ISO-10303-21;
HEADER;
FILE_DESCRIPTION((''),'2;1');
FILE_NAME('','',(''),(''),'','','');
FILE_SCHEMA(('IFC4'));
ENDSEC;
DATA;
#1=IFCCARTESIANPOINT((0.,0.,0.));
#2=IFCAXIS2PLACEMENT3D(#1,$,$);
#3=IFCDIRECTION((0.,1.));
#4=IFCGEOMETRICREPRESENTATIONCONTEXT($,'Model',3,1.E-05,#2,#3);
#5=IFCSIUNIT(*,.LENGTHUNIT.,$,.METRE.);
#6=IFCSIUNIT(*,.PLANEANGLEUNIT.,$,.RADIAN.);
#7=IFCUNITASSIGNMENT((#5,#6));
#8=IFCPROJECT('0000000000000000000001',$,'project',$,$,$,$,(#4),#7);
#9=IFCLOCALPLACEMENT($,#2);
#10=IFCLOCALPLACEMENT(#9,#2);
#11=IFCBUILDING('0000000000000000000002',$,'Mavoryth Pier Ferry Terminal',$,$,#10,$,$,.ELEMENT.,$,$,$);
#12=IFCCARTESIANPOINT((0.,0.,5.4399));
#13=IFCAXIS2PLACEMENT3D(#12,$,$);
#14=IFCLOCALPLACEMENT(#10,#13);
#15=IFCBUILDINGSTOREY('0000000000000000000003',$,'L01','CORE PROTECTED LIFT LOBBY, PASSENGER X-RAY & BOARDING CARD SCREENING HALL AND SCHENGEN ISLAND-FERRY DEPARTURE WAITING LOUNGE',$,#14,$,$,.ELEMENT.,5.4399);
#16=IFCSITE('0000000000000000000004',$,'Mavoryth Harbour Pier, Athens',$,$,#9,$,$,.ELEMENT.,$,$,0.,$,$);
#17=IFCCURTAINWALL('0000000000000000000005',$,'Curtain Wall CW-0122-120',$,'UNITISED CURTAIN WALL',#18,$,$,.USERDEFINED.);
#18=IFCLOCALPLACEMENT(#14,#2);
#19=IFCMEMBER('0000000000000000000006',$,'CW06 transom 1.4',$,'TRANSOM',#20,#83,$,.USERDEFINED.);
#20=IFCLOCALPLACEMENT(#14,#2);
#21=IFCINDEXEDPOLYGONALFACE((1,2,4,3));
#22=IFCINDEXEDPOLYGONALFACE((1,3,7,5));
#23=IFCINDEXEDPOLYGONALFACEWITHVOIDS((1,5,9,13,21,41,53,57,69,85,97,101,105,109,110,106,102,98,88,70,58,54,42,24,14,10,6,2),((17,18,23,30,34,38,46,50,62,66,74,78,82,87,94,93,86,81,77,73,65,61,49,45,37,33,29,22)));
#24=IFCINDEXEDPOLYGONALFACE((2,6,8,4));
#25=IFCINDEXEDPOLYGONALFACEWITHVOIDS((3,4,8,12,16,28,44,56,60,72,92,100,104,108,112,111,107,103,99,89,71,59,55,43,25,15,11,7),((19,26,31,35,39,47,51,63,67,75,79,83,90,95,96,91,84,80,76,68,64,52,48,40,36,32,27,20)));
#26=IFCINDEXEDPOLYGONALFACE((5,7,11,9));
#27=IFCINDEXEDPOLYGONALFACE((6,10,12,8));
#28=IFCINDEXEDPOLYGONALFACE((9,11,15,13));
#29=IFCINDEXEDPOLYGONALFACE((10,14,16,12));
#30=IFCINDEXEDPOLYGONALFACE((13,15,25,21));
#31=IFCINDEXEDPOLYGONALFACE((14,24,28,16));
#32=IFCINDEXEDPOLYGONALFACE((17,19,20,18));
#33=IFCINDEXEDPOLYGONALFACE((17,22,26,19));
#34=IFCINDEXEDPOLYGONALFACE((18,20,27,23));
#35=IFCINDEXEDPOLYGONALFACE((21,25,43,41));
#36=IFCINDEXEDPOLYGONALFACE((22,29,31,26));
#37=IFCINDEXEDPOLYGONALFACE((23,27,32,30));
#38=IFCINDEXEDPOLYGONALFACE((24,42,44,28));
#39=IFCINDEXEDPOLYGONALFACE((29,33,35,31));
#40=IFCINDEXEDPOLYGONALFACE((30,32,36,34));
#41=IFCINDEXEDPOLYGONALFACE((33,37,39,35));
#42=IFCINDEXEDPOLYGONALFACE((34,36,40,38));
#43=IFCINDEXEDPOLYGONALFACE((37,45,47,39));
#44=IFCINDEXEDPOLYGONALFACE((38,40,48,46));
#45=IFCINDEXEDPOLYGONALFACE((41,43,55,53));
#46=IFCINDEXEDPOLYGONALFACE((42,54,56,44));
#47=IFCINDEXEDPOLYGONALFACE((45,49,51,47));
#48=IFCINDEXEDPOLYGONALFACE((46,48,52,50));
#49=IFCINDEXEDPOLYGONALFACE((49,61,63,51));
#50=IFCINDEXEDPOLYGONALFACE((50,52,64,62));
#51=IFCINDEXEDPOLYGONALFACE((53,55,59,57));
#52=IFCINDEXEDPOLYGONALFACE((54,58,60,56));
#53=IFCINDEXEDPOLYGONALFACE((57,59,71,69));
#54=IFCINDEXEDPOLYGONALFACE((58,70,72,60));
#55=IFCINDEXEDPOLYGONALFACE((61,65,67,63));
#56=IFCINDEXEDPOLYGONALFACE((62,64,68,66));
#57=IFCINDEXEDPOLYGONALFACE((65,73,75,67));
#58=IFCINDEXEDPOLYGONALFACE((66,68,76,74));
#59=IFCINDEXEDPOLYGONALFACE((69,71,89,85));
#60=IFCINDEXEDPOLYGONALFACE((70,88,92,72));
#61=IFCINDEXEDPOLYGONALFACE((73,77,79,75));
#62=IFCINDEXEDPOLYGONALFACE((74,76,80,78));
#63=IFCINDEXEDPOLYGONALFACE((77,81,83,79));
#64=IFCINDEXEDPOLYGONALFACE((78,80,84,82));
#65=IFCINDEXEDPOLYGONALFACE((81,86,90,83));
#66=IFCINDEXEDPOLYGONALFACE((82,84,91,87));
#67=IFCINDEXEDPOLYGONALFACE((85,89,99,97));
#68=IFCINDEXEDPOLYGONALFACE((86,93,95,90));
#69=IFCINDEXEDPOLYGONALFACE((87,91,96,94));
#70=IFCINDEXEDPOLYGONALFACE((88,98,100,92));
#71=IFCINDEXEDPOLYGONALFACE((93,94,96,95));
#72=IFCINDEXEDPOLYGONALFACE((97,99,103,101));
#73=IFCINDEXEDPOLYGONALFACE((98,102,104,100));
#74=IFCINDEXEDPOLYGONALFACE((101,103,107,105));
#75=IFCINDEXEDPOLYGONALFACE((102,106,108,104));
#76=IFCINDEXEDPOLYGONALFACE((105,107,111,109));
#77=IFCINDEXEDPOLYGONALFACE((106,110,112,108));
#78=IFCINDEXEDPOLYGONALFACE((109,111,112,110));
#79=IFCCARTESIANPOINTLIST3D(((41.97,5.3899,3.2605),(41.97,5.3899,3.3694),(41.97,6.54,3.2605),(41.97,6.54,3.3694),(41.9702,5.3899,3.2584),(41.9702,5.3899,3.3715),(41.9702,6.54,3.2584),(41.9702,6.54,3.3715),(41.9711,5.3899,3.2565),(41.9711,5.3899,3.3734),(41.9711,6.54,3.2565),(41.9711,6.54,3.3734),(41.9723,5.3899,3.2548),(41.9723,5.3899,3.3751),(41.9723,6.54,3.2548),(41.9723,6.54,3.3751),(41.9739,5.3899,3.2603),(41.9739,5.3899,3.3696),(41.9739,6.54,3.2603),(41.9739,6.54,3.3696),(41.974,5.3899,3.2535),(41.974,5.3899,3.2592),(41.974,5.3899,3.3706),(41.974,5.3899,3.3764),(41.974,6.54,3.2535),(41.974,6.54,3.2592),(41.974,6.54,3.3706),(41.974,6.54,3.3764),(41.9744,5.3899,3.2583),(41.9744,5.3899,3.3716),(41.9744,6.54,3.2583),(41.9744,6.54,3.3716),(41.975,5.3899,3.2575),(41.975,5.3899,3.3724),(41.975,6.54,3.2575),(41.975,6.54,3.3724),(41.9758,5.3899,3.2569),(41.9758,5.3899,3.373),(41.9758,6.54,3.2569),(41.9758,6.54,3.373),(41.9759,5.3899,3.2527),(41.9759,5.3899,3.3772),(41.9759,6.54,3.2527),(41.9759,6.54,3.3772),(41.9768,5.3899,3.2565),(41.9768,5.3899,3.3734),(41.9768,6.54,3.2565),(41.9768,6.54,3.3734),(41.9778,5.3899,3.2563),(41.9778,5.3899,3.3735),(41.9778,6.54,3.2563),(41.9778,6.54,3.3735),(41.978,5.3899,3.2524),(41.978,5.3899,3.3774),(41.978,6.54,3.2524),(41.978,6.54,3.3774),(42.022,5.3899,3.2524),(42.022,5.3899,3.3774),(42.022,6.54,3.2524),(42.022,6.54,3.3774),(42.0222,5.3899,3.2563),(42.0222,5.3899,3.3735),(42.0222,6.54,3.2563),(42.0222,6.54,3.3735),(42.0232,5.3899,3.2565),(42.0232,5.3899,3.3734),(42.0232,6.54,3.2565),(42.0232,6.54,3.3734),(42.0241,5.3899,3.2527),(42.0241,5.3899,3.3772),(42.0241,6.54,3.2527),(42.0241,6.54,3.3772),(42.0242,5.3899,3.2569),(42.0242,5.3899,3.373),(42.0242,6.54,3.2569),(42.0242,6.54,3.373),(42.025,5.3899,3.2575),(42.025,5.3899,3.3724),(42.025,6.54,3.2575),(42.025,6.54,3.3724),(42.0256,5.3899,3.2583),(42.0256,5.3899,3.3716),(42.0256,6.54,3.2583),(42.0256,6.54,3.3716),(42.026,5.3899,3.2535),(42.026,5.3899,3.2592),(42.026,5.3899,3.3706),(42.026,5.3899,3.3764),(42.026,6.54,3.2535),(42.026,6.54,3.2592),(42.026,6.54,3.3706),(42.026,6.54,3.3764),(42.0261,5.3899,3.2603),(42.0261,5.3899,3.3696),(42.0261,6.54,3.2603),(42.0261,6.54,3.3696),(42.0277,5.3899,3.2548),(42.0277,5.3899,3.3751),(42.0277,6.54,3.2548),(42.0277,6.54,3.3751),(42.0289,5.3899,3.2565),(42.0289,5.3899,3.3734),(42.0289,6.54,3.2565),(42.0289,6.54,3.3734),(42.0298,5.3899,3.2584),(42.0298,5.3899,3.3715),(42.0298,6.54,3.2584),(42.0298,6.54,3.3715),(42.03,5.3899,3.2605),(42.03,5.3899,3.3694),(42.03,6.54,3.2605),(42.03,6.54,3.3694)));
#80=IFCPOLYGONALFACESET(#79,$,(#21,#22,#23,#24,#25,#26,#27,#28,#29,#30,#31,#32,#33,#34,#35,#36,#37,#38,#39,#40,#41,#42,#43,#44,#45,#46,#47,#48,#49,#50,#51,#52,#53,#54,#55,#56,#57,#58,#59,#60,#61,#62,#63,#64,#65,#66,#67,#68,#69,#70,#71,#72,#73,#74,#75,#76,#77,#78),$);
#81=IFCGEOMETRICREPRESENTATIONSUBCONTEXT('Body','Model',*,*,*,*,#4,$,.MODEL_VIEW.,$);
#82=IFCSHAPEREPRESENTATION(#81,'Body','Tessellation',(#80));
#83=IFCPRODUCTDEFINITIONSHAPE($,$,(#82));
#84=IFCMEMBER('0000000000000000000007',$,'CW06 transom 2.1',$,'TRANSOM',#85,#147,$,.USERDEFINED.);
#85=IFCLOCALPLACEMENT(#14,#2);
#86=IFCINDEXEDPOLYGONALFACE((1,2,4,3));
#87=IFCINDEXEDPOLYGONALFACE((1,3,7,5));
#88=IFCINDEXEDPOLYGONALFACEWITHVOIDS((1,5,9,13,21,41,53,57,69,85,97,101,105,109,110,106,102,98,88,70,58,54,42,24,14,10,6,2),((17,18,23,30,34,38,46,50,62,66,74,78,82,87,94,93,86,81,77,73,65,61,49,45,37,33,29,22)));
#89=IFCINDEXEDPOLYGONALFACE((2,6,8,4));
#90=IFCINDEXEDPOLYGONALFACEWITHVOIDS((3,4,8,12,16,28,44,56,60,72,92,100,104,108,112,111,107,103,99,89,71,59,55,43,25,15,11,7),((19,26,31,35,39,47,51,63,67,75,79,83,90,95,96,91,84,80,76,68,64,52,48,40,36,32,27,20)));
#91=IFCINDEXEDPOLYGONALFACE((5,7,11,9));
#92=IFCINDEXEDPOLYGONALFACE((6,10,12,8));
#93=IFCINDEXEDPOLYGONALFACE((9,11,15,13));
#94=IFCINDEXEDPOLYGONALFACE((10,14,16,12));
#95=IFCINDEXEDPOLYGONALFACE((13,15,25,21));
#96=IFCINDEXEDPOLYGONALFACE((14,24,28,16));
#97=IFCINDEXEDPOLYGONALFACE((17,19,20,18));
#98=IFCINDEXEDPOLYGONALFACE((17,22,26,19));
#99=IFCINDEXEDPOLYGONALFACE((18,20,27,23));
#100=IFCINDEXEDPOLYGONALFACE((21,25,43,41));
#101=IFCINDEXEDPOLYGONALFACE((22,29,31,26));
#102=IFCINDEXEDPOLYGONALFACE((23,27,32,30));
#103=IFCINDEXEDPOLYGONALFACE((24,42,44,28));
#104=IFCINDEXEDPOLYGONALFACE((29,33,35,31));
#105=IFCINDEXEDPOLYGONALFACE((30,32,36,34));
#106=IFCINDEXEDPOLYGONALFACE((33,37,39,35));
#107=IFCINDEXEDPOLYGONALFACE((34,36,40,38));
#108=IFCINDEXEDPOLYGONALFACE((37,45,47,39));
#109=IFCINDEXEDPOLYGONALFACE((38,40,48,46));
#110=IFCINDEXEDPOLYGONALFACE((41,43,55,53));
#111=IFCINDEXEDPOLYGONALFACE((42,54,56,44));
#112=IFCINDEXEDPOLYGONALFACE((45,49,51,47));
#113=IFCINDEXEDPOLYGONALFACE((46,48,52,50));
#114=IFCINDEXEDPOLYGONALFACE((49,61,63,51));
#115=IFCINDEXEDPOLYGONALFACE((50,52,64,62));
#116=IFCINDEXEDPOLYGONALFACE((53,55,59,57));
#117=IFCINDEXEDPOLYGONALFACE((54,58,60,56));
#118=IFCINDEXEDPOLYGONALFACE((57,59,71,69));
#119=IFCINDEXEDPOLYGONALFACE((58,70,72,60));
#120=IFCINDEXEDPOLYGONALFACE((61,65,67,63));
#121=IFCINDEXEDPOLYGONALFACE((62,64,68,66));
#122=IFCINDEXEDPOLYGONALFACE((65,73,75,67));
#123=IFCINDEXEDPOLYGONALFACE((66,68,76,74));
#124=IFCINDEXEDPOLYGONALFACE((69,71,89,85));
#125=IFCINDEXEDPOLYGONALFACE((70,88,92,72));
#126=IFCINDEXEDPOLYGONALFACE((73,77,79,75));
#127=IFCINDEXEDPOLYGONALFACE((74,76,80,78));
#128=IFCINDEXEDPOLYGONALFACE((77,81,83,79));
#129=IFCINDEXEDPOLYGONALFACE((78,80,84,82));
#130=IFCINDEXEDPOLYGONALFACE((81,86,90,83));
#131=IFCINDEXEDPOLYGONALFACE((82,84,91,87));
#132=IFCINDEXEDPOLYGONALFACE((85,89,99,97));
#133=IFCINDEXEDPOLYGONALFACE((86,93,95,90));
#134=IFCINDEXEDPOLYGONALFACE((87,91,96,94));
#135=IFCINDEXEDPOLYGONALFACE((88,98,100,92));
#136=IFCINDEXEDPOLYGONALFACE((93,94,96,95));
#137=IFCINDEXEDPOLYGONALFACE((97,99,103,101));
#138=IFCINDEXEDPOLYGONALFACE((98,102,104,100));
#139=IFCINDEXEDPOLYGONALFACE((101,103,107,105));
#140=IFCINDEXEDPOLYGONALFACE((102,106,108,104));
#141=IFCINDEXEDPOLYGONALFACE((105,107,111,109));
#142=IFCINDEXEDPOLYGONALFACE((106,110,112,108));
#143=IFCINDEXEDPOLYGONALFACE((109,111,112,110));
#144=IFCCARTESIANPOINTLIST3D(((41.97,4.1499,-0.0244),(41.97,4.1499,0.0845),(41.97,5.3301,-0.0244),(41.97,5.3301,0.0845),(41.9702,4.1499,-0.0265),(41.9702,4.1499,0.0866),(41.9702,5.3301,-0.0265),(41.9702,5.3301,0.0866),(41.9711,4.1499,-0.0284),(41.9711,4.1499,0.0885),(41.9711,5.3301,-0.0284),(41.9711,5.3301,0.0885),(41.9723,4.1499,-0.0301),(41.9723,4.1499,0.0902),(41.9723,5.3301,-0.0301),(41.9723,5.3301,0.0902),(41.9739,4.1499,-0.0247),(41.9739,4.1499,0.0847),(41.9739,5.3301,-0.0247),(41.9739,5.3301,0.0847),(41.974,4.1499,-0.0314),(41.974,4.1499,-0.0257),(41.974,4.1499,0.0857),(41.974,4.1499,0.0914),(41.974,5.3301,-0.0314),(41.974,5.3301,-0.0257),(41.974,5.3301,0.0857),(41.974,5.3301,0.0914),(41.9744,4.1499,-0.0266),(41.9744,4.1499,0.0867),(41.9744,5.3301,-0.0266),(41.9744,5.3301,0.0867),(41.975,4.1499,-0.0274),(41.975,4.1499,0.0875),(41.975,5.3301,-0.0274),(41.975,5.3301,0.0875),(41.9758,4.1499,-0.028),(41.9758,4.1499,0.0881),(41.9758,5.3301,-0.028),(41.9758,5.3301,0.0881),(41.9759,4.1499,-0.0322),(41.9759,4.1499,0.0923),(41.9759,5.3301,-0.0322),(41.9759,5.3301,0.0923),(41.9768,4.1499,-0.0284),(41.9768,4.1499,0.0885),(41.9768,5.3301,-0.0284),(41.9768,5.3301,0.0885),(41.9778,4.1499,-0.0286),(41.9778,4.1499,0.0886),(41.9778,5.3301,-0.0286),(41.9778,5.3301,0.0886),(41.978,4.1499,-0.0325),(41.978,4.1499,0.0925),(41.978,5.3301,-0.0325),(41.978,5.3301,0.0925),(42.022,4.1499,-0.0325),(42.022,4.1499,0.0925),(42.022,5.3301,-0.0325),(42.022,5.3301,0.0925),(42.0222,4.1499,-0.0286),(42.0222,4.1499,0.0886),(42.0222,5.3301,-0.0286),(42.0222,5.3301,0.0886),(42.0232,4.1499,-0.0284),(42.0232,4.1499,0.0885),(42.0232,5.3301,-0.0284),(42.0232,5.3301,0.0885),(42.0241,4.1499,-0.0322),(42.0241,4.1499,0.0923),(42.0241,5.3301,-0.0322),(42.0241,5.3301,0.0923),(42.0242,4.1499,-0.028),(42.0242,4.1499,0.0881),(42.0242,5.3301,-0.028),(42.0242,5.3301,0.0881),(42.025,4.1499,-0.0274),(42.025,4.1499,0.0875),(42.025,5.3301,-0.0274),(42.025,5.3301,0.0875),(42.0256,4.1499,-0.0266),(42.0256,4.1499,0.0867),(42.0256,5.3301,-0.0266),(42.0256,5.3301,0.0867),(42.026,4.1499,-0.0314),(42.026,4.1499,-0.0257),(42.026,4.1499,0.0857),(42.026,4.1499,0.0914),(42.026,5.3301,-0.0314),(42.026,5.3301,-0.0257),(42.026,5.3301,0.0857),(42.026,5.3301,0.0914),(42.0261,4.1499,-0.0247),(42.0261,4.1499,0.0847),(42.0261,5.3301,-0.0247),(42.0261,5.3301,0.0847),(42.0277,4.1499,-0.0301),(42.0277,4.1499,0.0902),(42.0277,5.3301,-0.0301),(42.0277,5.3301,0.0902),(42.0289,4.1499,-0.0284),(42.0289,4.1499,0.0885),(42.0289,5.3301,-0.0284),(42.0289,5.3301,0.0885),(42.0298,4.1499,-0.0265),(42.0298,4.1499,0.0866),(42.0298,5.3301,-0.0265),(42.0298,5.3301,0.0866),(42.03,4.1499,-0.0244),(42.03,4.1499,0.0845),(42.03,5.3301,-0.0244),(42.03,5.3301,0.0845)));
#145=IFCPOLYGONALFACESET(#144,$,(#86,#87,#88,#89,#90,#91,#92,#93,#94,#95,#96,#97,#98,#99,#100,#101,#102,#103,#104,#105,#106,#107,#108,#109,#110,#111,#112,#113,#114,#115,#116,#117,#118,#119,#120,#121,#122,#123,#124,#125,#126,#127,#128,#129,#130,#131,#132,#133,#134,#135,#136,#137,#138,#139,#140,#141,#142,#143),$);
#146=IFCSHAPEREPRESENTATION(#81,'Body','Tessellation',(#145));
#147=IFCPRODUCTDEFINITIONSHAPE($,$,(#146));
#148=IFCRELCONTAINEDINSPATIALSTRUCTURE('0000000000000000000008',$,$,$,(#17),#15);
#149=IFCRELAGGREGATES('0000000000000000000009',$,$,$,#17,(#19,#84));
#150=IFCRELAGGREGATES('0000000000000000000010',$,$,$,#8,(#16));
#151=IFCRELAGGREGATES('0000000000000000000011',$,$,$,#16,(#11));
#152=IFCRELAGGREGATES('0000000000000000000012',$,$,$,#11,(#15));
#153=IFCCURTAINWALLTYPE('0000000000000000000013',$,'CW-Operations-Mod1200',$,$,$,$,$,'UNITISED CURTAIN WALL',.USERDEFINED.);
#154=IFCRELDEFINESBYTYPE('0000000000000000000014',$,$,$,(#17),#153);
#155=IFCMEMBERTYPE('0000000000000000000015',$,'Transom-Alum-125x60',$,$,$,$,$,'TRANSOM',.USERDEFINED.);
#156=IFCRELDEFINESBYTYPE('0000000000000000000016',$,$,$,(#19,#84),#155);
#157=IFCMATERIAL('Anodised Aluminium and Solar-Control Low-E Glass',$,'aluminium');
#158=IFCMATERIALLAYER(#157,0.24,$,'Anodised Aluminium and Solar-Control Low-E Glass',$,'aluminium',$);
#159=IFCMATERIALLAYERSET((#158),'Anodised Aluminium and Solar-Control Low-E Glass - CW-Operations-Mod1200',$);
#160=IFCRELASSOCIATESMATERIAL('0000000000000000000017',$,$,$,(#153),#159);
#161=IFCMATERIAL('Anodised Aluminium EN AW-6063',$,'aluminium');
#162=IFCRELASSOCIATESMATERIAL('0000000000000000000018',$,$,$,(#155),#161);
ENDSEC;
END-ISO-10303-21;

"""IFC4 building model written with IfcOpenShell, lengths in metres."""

from ifc_helpers import new_model, si_unit, direction, frame, origin, origin_2d, place, context, subcontext, project, spatial, hollow_rectangle, extrude, material, layer, layer_set, material_profile, profile_set, type_object, element, aggregate, save


model = new_model("IFC4")

# Units and contexts
model_context = context("Model", 3, precision=1e-05, world=origin(), true_north=direction((0.0, 1.0)))
body_context = subcontext(model_context, "Body", "Model", "MODEL_VIEW")
ifc_project = project(units=[si_unit("LENGTHUNIT", "METRE"), si_unit("PLANEANGLEUNIT", "RADIAN")], contexts=[model_context])

# Site, building, storey
site_placement = place(None, origin())
site = spatial("IfcSite", under=ifc_project, at=site_placement, Name="Mavoryth Harbour Pier, Athens", CompositionType="ELEMENT", RefElevation=0.0)
building_placement = place(site_placement, origin())
building = spatial("IfcBuilding", under=site, at=building_placement, Name="Mavoryth Pier Ferry Terminal", CompositionType="ELEMENT")
storey_placement = place(building_placement, frame((0.0, 0.0, 5.4399)))
storey = spatial("IfcBuildingStorey", under=building, at=storey_placement, Name="L01", Description="CORE PROTECTED LIFT LOBBY, PASSENGER X-RAY & BOARDING CARD SCREENING HALL AND SCHENGEN ISLAND-FERRY DEPARTURE WAITING LOUNGE", CompositionType="ELEMENT", Elevation=5.4399)

# Curtain wall
ifc_material_1 = material(Name="Anodised Aluminium and Solar-Control Low-E Glass", Category="aluminium")
ifc_layer_1 = layer(ifc_material_1, 0.24, Name="Anodised Aluminium and Solar-Control Low-E Glass", Category="aluminium")
ifc_layer_set_1 = layer_set([ifc_layer_1], Name="Anodised Aluminium and Solar-Control Low-E Glass - CW-Operations-Mod1200")
curtain_wall_type = type_object("IfcCurtainWallType", Name="CW-Operations-Mod1200", ElementType="UNITISED CURTAIN WALL", PredefinedType="USERDEFINED", material=ifc_layer_set_1)
curtain_wall_1_placement = place(storey_placement, origin())
curtain_wall_1 = element("IfcCurtainWall", 1, at=curtain_wall_1_placement, inside=storey, type_object=curtain_wall_type, Name="Curtain Wall CW-0122-120", ObjectType="UNITISED CURTAIN WALL", PredefinedType="USERDEFINED")
ifc_material_2 = material(Name="Anodised Aluminium EN AW-6063", Category="aluminium")

# Members
ifc_material_profile_1 = material_profile(ifc_material_2, hollow_rectangle(XDim=0.0601, YDim=0.125, WallThickness=0.0039, InnerFilletRadius=0.0039, OuterFilletRadius=0.0081, at=origin_2d()), Name="AL-TRAN 125x60x4", Category="aluminium")
ifc_profile_set_1 = profile_set([ifc_material_profile_1], Name="Anodised Aluminium EN AW-6063 - AL-TRAN 125x60x4")
member_type_1 = type_object("IfcMemberType", Name="Transom-Alum-125x60", ElementType="TRANSOM", PredefinedType="USERDEFINED", material=ifc_profile_set_1)
member_1_placement = place(storey_placement, frame((42.0, 6.54, 3.3149), z_axis=(0.0, -1.0, 0.0), x_axis=(1.0, 0.0, 0.0)))
member_1 = element("IfcMember", 2, at=member_1_placement, type_object=member_type_1, Name="CW06 transom 1.4", ObjectType="TRANSOM", PredefinedType="USERDEFINED", context=body_context, shape_type="SweptSolid", body=[
    extrude(hollow_rectangle(XDim=0.0601, YDim=0.125, WallThickness=0.0039, InnerFilletRadius=0.0039, OuterFilletRadius=0.0081, at=origin_2d()), origin(), (0.0, 0.0, 1.0), 1.1501),
])
member_2_placement = place(storey_placement, frame((42.0, 5.3301, 0.03), z_axis=(0.0, -1.0, 0.0), x_axis=(1.0, 0.0, 0.0)))
member_2 = element("IfcMember", 3, at=member_2_placement, type_object=member_type_1, Name="CW06 transom 2.1", ObjectType="TRANSOM", PredefinedType="USERDEFINED", context=body_context, shape_type="SweptSolid", body=[
    extrude(hollow_rectangle(XDim=0.0601, YDim=0.125, WallThickness=0.0039, InnerFilletRadius=0.0039, OuterFilletRadius=0.0081, at=origin_2d()), origin(), (0.0, 0.0, 1.0), 1.1802),
])

aggregate(curtain_wall_1, [member_1, member_2])

save(model, "model.ifc")
